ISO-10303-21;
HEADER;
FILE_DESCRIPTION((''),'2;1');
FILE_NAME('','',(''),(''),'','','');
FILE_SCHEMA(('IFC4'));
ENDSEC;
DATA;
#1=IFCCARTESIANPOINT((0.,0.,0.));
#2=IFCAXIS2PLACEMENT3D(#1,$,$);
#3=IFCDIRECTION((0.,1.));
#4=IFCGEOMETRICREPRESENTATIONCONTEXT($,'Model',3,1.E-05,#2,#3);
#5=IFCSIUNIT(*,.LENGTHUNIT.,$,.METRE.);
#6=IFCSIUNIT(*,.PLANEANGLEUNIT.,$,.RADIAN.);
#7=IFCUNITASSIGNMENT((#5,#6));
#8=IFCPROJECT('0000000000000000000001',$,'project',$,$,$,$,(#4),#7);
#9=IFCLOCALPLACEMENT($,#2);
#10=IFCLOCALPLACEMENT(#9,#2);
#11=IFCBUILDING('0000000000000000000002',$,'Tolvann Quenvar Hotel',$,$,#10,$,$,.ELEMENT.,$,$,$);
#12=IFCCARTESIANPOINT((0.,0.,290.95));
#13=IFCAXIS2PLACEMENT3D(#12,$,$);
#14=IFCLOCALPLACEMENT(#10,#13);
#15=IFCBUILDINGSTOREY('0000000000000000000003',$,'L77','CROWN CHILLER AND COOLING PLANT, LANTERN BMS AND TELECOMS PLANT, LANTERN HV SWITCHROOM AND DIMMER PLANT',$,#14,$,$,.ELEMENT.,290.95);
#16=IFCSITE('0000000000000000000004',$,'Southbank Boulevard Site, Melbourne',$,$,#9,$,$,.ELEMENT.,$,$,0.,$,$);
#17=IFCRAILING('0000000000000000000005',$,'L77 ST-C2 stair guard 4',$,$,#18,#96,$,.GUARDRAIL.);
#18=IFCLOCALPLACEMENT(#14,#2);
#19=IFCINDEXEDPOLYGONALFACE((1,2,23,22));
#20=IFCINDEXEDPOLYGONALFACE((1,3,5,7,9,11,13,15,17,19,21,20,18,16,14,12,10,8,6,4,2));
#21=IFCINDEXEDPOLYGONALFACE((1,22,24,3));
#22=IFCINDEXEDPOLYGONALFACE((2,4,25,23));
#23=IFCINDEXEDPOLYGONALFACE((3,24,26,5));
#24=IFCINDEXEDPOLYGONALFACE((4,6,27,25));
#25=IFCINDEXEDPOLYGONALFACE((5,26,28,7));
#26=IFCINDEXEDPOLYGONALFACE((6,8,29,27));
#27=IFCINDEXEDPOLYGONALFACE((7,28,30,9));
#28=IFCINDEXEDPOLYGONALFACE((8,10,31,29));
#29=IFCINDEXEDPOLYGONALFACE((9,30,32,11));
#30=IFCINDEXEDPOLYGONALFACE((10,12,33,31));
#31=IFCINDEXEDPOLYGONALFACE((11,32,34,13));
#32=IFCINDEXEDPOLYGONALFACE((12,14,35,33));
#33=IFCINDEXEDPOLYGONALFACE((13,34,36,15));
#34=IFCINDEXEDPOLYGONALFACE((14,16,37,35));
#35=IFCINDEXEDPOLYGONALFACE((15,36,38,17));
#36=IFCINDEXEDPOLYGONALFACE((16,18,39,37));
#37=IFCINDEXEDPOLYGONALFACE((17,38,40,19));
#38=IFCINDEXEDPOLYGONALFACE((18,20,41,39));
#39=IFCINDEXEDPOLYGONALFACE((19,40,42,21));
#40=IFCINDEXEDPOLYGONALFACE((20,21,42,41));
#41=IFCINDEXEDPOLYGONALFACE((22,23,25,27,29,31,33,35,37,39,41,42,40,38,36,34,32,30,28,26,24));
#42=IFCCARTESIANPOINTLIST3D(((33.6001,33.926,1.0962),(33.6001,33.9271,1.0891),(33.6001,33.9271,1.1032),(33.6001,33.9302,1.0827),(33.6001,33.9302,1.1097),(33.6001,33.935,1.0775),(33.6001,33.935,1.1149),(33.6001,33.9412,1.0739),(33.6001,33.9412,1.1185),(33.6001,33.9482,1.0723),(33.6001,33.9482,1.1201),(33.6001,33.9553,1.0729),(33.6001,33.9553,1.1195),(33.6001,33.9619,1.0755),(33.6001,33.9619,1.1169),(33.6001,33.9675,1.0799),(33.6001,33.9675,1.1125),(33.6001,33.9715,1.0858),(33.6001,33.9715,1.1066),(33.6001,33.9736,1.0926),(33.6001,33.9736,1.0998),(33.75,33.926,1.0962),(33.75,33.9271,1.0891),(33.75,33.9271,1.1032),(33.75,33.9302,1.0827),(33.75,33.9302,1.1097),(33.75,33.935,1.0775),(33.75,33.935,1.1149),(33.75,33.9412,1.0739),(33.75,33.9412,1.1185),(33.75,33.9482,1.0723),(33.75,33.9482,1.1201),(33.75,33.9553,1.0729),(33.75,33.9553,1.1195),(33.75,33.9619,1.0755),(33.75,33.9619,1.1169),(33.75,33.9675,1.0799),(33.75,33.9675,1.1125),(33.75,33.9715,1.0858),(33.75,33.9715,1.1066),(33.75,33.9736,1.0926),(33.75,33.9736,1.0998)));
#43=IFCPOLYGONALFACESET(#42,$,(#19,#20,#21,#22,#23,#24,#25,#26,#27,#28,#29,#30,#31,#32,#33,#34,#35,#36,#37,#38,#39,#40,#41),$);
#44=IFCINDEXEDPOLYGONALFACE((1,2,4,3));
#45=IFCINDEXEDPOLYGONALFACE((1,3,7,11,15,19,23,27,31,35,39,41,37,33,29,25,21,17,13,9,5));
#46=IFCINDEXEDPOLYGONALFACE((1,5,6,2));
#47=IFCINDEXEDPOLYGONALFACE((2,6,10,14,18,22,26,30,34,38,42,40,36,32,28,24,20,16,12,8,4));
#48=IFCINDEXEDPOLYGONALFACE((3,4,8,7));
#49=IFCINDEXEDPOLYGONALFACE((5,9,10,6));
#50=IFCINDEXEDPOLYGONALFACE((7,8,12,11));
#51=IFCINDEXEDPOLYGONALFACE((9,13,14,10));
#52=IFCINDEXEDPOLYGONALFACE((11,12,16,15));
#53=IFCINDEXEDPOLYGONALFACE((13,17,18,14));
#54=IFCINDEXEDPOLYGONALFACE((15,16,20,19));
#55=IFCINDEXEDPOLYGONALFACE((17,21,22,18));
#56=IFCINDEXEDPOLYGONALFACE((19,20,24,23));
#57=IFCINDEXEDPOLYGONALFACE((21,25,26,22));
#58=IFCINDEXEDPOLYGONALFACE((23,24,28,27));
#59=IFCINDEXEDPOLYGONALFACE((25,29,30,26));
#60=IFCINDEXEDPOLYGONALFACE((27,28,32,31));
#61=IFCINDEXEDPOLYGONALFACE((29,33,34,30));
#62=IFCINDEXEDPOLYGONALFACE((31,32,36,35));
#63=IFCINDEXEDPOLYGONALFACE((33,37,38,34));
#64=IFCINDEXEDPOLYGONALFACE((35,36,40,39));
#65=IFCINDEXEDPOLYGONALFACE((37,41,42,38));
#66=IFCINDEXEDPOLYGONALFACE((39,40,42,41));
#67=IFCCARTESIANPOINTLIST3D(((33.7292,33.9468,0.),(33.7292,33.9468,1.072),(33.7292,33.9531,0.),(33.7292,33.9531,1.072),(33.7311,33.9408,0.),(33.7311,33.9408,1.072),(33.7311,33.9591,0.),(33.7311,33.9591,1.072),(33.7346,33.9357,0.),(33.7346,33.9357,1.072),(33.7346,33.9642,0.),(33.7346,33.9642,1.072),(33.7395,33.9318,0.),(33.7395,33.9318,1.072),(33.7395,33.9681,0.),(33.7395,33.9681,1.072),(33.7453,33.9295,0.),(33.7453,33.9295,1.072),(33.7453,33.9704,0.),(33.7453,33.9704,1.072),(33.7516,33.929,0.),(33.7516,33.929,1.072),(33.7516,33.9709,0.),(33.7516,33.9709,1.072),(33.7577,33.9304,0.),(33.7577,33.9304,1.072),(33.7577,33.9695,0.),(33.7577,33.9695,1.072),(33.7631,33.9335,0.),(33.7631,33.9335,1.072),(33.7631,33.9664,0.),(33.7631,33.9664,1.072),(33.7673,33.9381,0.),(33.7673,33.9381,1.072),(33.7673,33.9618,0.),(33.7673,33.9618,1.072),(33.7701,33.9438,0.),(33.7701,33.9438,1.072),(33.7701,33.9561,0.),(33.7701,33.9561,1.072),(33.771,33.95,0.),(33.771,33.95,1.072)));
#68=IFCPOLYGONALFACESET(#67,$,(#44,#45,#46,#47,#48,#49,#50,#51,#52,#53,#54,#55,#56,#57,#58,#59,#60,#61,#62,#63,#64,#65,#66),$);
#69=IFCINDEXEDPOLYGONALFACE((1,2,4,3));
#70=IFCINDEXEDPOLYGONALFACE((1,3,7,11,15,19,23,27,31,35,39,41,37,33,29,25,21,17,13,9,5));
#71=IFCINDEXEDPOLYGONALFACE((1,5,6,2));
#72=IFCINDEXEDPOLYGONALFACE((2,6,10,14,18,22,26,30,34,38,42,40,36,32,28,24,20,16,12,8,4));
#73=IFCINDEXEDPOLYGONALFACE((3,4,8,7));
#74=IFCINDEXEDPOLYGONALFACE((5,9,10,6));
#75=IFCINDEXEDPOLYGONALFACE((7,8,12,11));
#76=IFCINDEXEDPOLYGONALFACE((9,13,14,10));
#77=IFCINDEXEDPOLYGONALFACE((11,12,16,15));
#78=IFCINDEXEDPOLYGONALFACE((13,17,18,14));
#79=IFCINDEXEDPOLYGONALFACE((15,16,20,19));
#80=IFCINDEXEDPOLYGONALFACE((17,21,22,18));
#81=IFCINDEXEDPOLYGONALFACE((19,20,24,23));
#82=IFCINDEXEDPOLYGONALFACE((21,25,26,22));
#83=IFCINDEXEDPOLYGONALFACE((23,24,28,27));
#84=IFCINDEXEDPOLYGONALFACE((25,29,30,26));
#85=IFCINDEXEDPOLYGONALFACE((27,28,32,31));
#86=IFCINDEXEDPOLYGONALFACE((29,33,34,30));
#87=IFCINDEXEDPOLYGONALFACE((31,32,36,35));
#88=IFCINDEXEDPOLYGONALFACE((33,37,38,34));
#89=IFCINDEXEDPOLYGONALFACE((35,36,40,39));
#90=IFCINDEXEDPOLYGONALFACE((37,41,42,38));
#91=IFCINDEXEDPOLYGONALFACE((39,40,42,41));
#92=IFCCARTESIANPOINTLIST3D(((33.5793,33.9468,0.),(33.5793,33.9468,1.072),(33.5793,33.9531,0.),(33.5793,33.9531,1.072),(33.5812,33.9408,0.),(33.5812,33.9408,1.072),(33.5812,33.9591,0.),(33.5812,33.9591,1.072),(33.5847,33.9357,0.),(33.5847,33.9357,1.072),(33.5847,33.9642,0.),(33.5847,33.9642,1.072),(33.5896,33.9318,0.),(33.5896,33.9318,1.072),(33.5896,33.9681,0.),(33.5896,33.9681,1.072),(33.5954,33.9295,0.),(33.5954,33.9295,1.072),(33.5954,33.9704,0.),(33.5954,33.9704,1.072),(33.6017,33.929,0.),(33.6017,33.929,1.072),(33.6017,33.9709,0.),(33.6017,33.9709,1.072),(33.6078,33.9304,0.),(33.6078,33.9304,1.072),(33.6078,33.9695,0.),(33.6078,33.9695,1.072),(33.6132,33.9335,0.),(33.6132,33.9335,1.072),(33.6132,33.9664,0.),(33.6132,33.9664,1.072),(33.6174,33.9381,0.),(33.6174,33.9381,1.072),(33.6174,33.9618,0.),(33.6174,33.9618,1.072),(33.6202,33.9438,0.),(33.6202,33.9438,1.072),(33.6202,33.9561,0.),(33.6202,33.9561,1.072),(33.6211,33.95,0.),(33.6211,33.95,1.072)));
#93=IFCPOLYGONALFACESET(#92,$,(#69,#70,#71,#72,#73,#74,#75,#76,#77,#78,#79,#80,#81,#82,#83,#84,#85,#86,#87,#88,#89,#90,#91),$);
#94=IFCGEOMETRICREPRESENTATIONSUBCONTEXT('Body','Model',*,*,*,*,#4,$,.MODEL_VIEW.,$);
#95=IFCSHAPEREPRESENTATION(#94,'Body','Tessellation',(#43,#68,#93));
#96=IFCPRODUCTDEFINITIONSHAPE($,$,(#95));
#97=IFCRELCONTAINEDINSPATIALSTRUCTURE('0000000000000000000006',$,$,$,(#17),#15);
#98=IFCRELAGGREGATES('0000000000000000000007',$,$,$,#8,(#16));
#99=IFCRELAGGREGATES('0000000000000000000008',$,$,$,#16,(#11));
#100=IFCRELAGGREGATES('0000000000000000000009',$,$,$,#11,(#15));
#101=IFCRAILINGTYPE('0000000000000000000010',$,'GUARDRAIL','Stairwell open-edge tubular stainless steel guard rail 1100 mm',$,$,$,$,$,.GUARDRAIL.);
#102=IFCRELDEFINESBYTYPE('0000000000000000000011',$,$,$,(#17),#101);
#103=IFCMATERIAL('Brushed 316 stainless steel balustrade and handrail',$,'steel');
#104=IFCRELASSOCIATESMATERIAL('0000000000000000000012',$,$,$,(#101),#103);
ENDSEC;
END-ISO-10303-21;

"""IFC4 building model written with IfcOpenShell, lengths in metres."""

from ifc_helpers import new_model, si_unit, direction, frame, origin, origin_2d, place, context, subcontext, project, spatial, circle, extrude, material, type_object, element, save


model = new_model("IFC4")

# Units and contexts
model_context = context("Model", 3, precision=1e-05, world=origin(), true_north=direction((0.0, 1.0)))
body_context = subcontext(model_context, "Body", "Model", "MODEL_VIEW")
ifc_project = project(units=[si_unit("LENGTHUNIT", "METRE"), si_unit("PLANEANGLEUNIT", "RADIAN")], contexts=[model_context])

# Site, building, storey
site_placement = place(None, origin())
site = spatial("IfcSite", under=ifc_project, at=site_placement, Name="Southbank Boulevard Site, Melbourne", CompositionType="ELEMENT", RefElevation=0.0)
building_placement = place(site_placement, origin())
building = spatial("IfcBuilding", under=site, at=building_placement, Name="Tolvann Quenvar Hotel", CompositionType="ELEMENT")
storey_placement = place(building_placement, frame((0.0, 0.0, 290.95)))
storey = spatial("IfcBuildingStorey", under=building, at=storey_placement, Name="L77", Description="CROWN CHILLER AND COOLING PLANT, LANTERN BMS AND TELECOMS PLANT, LANTERN HV SWITCHROOM AND DIMMER PLANT", CompositionType="ELEMENT", Elevation=290.95)

# Railing
ifc_material_1 = material(Name="Brushed 316 stainless steel balustrade and handrail", Category="steel")
railing_type_1 = type_object("IfcRailingType", Name="GUARDRAIL", Description="Stairwell open-edge tubular stainless steel guard rail 1100 mm", PredefinedType="GUARDRAIL", material=ifc_material_1)
railing_1_placement = place(storey_placement, frame((33.75, 33.95, 0.0)))
element("IfcRailing", 1, at=railing_1_placement, inside=storey, type_object=railing_type_1, Name="L77 ST-C2 stair guard 4", PredefinedType="GUARDRAIL", context=body_context, shape_type="SweptSolid", body=[
    extrude(circle(Radius=0.0239, at=origin_2d()), frame((0.0, 0.0, 1.0962), z_axis=(-1.0, 0.0, 0.0), x_axis=(0.0, -1.0, 0.0)), (0.0, 0.0, 1.0), 0.1499),
    extrude(circle(Radius=0.021, at=origin_2d()), origin(), (0.0, 0.0, 1.0), 1.072),
    extrude(circle(Radius=0.021, at=origin_2d()), frame((-0.1499, 0.0, 0.0)), (0.0, 0.0, 1.0), 1.072),
])

save(model, "model.ifc")
